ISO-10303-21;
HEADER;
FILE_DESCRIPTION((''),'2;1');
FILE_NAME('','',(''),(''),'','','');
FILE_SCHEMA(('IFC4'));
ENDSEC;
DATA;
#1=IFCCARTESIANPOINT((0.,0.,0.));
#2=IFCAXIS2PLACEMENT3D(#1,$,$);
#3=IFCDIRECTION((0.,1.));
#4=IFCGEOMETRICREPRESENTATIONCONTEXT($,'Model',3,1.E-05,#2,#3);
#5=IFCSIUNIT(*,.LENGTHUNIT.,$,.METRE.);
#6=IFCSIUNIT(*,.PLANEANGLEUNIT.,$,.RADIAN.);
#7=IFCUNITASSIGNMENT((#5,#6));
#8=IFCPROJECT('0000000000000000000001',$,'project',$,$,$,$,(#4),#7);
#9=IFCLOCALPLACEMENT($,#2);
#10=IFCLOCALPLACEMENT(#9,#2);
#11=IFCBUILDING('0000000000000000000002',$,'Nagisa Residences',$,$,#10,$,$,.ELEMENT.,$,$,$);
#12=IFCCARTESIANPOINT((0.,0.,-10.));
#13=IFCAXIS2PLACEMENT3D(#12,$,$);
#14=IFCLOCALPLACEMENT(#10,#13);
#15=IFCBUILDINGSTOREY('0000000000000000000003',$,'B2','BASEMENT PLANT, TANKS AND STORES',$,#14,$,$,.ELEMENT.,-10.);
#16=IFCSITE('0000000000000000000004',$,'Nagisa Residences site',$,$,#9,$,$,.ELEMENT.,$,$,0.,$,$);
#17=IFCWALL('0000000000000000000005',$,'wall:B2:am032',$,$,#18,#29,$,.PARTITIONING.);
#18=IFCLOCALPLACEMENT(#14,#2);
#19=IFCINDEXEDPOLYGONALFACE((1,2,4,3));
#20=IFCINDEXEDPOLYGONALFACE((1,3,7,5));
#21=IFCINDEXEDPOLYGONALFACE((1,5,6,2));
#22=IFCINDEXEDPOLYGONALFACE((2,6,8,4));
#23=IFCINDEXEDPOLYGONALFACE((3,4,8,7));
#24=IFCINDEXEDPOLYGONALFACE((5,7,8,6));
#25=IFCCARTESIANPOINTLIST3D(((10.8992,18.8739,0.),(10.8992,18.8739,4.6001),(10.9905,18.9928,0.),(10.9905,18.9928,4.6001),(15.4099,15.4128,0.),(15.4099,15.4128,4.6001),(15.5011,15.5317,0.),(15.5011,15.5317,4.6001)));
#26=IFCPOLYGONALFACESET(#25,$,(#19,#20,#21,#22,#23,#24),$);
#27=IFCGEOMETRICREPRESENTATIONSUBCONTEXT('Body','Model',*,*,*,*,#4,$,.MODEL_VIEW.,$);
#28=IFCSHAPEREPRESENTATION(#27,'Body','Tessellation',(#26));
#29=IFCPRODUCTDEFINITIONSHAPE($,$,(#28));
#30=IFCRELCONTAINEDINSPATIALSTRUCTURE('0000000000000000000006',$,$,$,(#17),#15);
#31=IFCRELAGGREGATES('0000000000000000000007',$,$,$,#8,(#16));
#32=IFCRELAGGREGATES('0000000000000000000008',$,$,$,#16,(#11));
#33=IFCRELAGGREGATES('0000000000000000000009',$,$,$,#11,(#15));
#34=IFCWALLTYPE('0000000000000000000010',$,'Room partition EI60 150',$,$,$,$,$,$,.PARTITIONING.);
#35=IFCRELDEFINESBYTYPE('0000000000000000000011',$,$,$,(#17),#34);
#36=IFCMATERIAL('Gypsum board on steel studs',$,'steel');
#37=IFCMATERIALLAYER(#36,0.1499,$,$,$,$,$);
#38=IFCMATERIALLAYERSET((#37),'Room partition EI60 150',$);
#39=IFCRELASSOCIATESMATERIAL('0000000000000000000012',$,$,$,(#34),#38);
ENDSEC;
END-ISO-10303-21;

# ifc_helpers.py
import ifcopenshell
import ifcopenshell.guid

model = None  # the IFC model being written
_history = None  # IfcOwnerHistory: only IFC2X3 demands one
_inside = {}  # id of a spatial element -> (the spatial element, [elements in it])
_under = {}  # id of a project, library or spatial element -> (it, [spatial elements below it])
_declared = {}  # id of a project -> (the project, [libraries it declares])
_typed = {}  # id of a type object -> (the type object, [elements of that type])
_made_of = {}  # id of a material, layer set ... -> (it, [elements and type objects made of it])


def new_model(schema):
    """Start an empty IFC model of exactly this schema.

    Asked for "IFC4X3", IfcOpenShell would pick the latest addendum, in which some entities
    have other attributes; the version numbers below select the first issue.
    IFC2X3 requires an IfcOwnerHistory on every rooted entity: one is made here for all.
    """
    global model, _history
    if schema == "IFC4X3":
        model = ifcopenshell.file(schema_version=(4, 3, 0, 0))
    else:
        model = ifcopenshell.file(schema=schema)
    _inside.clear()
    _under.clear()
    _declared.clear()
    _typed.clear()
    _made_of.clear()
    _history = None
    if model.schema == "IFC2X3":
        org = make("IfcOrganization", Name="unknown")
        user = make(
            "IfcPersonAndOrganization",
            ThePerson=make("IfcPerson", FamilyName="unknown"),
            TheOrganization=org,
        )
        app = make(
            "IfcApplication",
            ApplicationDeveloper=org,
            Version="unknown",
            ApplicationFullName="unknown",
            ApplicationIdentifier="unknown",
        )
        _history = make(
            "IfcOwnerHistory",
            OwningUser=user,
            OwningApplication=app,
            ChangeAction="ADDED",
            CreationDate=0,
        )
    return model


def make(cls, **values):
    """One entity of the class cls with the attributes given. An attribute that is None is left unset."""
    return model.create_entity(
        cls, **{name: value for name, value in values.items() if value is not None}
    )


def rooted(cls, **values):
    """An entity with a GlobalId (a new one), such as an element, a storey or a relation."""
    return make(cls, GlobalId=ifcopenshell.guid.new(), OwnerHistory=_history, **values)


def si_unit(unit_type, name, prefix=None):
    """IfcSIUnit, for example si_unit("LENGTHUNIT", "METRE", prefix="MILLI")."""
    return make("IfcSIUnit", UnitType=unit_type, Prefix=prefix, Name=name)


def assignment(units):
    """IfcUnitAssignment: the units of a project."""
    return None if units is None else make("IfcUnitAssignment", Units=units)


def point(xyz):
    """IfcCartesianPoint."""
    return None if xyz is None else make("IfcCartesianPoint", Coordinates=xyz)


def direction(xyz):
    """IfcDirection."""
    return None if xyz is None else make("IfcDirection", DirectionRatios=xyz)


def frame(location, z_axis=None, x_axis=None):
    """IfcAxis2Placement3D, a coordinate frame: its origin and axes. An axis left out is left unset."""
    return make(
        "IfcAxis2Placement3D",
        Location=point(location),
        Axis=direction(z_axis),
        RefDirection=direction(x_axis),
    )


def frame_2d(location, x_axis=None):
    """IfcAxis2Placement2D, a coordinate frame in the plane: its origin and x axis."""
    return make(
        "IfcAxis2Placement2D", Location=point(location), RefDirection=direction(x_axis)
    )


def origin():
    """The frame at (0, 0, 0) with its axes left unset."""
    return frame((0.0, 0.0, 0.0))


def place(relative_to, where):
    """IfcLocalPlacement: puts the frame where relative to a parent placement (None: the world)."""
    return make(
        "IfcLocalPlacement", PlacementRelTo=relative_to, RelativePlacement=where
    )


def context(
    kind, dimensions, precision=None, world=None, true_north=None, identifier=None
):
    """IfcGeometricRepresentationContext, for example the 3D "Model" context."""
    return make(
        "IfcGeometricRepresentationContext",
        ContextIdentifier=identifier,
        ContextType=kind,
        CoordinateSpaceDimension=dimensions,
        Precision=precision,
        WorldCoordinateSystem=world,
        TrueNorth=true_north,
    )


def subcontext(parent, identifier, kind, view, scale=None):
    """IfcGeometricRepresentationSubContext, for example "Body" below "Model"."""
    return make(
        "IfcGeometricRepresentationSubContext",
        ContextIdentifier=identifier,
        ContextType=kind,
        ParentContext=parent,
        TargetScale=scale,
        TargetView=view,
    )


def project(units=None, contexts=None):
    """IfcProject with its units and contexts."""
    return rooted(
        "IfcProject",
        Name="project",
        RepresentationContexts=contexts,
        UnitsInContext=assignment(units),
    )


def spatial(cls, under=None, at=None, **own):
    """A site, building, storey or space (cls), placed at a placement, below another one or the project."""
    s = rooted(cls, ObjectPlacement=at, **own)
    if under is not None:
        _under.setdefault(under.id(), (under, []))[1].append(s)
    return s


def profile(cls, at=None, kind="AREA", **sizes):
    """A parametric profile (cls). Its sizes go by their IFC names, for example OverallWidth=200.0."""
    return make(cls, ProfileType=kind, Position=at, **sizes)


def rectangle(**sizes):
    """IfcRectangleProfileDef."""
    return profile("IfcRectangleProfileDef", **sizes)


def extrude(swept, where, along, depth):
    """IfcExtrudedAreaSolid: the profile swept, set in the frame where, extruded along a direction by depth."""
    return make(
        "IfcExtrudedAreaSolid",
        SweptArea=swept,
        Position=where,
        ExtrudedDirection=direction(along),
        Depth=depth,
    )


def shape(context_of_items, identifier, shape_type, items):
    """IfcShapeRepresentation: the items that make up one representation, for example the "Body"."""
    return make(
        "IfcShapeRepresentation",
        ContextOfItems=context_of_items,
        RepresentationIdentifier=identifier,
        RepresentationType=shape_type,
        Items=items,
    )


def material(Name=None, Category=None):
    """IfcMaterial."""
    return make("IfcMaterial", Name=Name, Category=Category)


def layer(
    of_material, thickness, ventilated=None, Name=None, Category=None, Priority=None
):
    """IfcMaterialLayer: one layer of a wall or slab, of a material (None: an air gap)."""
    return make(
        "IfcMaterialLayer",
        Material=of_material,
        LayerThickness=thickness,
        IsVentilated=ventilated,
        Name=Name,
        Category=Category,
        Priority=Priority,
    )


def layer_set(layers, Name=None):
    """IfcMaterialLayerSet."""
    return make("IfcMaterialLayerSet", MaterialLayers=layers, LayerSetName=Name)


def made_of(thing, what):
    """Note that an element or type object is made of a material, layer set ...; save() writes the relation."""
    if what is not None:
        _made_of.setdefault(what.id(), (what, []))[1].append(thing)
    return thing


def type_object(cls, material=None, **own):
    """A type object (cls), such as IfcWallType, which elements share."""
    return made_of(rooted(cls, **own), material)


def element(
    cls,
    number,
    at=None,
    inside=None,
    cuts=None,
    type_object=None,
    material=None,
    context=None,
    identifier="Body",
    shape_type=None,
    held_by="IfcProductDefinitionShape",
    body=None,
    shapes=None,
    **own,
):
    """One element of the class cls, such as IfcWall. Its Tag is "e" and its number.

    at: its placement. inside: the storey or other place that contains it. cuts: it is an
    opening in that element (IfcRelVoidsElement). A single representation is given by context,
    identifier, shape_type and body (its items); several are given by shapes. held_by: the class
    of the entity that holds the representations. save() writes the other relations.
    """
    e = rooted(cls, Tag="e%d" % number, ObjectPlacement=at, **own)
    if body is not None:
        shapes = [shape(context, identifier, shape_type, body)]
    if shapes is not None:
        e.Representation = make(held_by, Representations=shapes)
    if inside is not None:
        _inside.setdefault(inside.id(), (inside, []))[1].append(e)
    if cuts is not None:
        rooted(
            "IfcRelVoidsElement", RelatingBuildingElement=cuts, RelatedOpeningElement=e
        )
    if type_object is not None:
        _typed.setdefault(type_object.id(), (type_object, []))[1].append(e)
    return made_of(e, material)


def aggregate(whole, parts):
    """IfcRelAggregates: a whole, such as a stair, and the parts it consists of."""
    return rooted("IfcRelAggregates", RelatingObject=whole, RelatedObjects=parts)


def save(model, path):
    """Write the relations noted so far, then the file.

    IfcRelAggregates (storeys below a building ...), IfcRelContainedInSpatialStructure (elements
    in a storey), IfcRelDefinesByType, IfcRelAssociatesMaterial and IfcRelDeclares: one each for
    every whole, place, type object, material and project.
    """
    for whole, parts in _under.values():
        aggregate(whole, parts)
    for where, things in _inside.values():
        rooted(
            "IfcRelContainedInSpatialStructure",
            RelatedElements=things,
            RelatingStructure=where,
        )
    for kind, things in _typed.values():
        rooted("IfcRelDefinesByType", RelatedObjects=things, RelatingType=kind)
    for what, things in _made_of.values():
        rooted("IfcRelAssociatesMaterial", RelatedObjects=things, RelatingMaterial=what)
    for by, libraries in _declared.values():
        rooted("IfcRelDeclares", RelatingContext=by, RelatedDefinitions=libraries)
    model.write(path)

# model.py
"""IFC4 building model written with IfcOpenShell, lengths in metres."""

from ifc_helpers import new_model, si_unit, direction, frame, frame_2d, origin, place, context, subcontext, project, spatial, rectangle, extrude, material, layer, layer_set, type_object, element, save


model = new_model("IFC4")

# Units and contexts
model_context = context("Model", 3, precision=1e-05, world=origin(), true_north=direction((0.0, 1.0)))
body_context = subcontext(model_context, "Body", "Model", "MODEL_VIEW")
ifc_project = project(units=[si_unit("LENGTHUNIT", "METRE"), si_unit("PLANEANGLEUNIT", "RADIAN")], contexts=[model_context])

# Site, building, storey
site_placement = place(None, origin())
site = spatial("IfcSite", under=ifc_project, at=site_placement, Name="Nagisa Residences site", CompositionType="ELEMENT", RefElevation=0.0)
building_placement = place(site_placement, origin())
building = spatial("IfcBuilding", under=site, at=building_placement, Name="Nagisa Residences", CompositionType="ELEMENT")
storey_placement = place(building_placement, frame((0.0, 0.0, -10.0)))
storey = spatial("IfcBuildingStorey", under=building, at=storey_placement, Name="B2", Description="BASEMENT PLANT, TANKS AND STORES", CompositionType="ELEMENT", Elevation=-10.0)

# Shared definitions
ifc_material_1 = material(Name="Gypsum board on steel studs", Category="steel")
ifc_layer_1 = layer(ifc_material_1, 0.1499)
ifc_layer_set_1 = layer_set([ifc_layer_1], Name="Room partition EI60 150")
wall_type_1 = type_object("IfcWallType", Name="Room partition EI60 150", PredefinedType="PARTITIONING", material=ifc_layer_set_1)

# Wall
wall_1_placement = place(storey_placement, frame((10.9448, 18.9333, 0.0), z_axis=(0.0, 0.0, 1.0), x_axis=(0.793356, -0.608758, 0.0)))
element("IfcWall", 1, at=wall_1_placement, inside=storey, type_object=wall_type_1, Name="wall:B2:am032", PredefinedType="PARTITIONING", context=body_context, shape_type="SweptSolid", body=[
    extrude(rectangle(XDim=5.6855, YDim=0.1499, at=frame_2d((2.8428, 0.0))), origin(), (0.0, 0.0, 1.0), 4.6001),
])

save(model, "model.ifc")
